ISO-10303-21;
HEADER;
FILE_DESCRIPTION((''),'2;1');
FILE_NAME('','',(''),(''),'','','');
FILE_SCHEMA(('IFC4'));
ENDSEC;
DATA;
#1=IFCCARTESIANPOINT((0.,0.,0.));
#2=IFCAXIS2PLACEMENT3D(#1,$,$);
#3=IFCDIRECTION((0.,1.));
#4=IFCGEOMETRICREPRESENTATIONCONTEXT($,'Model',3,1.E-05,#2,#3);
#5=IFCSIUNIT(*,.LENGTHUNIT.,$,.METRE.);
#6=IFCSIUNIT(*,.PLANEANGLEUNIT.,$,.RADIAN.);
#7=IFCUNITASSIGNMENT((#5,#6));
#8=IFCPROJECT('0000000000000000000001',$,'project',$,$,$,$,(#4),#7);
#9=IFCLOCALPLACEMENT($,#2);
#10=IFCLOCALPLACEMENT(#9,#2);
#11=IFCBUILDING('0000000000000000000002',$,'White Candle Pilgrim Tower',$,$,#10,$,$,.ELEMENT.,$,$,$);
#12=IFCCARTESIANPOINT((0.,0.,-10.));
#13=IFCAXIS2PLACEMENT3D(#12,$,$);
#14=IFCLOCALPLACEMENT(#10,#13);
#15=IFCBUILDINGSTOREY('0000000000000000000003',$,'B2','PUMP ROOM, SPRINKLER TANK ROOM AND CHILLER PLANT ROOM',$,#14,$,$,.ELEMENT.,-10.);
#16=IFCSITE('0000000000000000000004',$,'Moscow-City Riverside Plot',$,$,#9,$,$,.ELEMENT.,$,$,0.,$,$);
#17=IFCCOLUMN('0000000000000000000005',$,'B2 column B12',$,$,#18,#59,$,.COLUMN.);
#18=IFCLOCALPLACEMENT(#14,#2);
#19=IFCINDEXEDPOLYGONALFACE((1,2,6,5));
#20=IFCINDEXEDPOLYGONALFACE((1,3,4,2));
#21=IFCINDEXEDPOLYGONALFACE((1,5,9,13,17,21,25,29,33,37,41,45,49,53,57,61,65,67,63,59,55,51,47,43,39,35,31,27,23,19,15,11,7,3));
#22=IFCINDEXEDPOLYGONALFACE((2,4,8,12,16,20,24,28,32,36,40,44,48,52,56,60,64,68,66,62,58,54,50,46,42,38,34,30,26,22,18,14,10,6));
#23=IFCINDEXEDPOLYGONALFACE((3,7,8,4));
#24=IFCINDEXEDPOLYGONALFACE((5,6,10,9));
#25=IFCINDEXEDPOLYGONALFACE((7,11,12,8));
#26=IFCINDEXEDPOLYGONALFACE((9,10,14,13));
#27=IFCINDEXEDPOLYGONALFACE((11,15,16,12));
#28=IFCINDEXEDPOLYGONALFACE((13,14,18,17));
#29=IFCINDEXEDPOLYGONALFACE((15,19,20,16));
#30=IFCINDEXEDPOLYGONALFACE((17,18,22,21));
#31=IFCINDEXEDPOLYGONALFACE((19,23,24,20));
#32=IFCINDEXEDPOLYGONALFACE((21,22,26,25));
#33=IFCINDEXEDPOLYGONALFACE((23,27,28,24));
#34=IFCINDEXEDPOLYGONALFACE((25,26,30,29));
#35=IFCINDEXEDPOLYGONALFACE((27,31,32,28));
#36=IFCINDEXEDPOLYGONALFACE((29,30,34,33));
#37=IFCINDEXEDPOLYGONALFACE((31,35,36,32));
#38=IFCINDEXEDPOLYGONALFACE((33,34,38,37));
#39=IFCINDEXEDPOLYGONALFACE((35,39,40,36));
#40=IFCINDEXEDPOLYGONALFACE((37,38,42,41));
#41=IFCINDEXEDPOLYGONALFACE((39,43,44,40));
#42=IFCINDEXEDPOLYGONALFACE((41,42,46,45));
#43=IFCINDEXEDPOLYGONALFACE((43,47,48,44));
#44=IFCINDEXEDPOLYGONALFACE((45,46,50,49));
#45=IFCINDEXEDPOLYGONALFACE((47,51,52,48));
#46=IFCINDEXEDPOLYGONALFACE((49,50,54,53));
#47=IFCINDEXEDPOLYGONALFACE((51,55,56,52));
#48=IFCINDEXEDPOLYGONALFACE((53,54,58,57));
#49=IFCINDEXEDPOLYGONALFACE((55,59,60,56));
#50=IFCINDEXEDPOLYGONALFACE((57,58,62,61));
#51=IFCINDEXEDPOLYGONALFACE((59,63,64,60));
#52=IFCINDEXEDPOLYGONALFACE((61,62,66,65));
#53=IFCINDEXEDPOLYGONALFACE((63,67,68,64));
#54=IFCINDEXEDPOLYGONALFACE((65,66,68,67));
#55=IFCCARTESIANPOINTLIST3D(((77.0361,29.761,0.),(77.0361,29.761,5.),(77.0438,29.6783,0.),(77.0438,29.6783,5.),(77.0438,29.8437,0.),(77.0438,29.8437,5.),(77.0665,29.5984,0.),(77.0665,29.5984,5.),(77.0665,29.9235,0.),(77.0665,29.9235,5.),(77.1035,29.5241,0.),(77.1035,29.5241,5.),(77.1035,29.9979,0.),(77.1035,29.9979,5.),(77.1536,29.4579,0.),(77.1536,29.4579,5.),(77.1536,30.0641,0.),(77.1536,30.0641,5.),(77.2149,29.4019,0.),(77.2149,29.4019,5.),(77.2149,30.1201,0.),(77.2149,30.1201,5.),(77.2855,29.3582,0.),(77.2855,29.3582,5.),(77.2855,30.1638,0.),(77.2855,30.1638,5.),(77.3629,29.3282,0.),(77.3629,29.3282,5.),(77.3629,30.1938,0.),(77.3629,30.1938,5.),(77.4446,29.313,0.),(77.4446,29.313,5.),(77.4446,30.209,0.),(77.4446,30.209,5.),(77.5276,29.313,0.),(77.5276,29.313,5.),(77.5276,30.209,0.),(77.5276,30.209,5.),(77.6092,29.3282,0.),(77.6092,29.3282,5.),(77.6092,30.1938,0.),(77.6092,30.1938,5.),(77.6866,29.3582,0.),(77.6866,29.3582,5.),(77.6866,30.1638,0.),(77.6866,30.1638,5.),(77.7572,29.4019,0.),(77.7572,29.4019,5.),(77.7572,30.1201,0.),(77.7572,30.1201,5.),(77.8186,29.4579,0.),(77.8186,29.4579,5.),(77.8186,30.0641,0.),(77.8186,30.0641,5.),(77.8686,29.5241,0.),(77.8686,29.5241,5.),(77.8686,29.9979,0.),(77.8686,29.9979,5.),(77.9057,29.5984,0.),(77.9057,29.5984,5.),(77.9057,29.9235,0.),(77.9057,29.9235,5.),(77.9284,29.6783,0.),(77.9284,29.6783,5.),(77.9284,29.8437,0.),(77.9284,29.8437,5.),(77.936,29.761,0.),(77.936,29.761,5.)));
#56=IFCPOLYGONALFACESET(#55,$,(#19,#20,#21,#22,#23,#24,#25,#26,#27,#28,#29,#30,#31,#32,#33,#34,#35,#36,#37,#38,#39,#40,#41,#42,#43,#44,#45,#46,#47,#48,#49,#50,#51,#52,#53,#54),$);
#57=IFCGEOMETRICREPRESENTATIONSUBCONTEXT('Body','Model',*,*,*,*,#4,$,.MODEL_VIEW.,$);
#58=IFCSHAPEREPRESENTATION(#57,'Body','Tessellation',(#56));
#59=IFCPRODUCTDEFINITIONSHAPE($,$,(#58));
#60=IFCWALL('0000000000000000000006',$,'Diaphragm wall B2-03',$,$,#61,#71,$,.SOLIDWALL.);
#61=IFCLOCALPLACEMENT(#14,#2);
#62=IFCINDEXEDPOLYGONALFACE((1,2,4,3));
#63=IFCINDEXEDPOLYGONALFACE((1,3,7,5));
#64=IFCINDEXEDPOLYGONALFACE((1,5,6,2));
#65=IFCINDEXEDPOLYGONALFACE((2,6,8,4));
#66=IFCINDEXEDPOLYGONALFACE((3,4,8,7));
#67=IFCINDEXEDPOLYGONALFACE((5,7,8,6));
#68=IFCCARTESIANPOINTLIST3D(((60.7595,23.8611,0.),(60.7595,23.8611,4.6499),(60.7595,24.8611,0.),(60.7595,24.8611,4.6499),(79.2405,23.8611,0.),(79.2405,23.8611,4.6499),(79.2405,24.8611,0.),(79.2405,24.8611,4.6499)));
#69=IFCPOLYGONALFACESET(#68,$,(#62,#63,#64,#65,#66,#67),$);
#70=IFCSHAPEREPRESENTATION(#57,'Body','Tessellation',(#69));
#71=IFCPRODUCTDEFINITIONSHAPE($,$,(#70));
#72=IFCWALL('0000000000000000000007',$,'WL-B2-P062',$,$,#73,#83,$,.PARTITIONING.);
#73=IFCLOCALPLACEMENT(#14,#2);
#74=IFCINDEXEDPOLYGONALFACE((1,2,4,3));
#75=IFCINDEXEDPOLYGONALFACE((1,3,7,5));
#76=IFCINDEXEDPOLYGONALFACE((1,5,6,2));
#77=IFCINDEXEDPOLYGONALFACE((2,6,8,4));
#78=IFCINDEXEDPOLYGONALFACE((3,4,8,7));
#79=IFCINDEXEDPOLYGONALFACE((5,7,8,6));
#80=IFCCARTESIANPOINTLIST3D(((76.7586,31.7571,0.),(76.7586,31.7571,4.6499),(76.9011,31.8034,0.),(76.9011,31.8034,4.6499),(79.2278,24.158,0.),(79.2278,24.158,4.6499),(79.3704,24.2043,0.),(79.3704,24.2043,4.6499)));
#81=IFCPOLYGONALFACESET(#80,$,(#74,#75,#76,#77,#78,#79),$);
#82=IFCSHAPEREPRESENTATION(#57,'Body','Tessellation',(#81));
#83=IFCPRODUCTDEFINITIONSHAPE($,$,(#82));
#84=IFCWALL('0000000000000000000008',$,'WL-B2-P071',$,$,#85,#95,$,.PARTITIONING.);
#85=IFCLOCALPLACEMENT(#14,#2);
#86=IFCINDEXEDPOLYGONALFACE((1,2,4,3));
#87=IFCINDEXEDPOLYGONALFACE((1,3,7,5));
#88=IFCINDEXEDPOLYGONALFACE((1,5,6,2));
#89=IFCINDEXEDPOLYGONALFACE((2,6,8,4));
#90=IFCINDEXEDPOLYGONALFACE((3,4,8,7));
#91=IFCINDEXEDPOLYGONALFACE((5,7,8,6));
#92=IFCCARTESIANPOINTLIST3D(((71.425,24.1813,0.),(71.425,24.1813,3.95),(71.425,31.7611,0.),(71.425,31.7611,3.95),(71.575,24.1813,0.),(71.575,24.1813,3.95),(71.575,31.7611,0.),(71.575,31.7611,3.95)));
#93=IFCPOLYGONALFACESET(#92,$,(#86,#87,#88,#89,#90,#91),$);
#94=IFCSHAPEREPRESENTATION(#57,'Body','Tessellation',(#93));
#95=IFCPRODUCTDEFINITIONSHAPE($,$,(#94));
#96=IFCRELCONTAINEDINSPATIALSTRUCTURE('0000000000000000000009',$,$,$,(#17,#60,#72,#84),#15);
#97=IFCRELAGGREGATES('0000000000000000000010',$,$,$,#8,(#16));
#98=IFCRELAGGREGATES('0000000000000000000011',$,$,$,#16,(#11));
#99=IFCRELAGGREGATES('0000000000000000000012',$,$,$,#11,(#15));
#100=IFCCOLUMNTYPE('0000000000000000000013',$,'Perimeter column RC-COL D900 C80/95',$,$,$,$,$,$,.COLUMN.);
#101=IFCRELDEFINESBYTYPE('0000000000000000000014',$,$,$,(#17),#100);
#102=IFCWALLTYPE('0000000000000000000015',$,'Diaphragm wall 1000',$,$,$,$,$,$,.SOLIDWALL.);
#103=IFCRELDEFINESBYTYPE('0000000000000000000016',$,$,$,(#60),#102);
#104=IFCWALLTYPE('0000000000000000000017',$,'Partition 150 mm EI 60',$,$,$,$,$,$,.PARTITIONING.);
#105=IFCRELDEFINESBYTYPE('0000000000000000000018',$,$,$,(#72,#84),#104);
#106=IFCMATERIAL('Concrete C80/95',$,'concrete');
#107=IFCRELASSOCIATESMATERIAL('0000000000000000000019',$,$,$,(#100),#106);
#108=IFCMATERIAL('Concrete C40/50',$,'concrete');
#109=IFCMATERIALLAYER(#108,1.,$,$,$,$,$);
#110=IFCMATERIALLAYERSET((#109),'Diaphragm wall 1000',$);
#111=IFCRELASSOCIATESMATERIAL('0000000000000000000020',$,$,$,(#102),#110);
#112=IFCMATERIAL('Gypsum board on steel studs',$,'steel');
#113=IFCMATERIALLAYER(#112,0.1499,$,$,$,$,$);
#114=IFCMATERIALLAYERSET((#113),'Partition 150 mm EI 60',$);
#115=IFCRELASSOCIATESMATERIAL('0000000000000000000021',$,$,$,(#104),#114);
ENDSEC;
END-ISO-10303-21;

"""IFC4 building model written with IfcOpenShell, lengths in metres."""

from ifc_helpers import new_model, si_unit, direction, frame, frame_2d, origin, origin_2d, place, context, subcontext, project, spatial, rectangle, circle, extrude, material, layer, layer_set, material_profile, profile_set, type_object, element, save


model = new_model("IFC4")

# Units and contexts
model_context = context("Model", 3, precision=1e-05, world=origin(), true_north=direction((0.0, 1.0)))
body_context = subcontext(model_context, "Body", "Model", "MODEL_VIEW")
ifc_project = project(units=[si_unit("LENGTHUNIT", "METRE"), si_unit("PLANEANGLEUNIT", "RADIAN")], contexts=[model_context])

# Site, building, storey
site_placement = place(None, origin())
site = spatial("IfcSite", under=ifc_project, at=site_placement, Name="Moscow-City Riverside Plot", CompositionType="ELEMENT", RefElevation=0.0)
building_placement = place(site_placement, origin())
building = spatial("IfcBuilding", under=site, at=building_placement, Name="White Candle Pilgrim Tower", CompositionType="ELEMENT")
storey_placement = place(building_placement, frame((0.0, 0.0, -10.0)))
storey = spatial("IfcBuildingStorey", under=building, at=storey_placement, Name="B2", Description="PUMP ROOM, SPRINKLER TANK ROOM AND CHILLER PLANT ROOM", CompositionType="ELEMENT", Elevation=-10.0)

# Shared definitions
ifc_material_1 = material(Name="Concrete C40/50", Category="concrete")

# Column
ifc_material_2 = material(Name="Concrete C80/95", Category="concrete")
ifc_material_profile_1 = material_profile(ifc_material_2, circle(Radius=0.45, at=origin_2d()), Name="RC-COL D900")
ifc_profile_set_1 = profile_set([ifc_material_profile_1], Name="Concrete C80/95")
column_type = type_object("IfcColumnType", Name="Perimeter column RC-COL D900 C80/95", PredefinedType="COLUMN", material=ifc_profile_set_1)
for number, where, z_axis, x_axis, name in (
    (1, (77.4861, 29.761, 0.0), (0.0, 0.0, 1.0), (1.0, 0.0, 0.0), "B2 column B12"),
):
    element("IfcColumn", number, at=place(storey_placement, frame(where, z_axis=z_axis, x_axis=x_axis)), inside=storey, type_object=column_type, Name=name, PredefinedType="COLUMN", context=body_context, shape_type="SweptSolid", body=[
        extrude(circle(Radius=0.45, at=origin_2d()), origin(), (0.0, 0.0, 1.0), 5.0),
    ])

# Walls
ifc_layer_1 = layer(ifc_material_1, 1.0)
ifc_layer_set_1 = layer_set([ifc_layer_1], Name="Diaphragm wall 1000")
wall_type_1 = type_object("IfcWallType", Name="Diaphragm wall 1000", PredefinedType="SOLIDWALL", material=ifc_layer_set_1)
wall_1_placement = place(storey_placement, frame((79.2405, 24.3611, 0.0), z_axis=(0.0, 0.0, 1.0), x_axis=(-1.0, 0.0, 0.0)))
element("IfcWall", 2, at=wall_1_placement, inside=storey, type_object=wall_type_1, Name="Diaphragm wall B2-03", PredefinedType="SOLIDWALL", context=body_context, shape_type="SweptSolid", body=[
    extrude(rectangle(XDim=18.481, YDim=1.0, at=frame_2d((9.2405, 0.0))), origin(), (0.0, 0.0, 1.0), 4.6499),
])
ifc_material_3 = material(Name="Gypsum board on steel studs", Category="steel")
ifc_layer_2 = layer(ifc_material_3, 0.1499)
ifc_layer_set_2 = layer_set([ifc_layer_2], Name="Partition 150 mm EI 60")
wall_type_2 = type_object("IfcWallType", Name="Partition 150 mm EI 60", PredefinedType="PARTITIONING", material=ifc_layer_set_2)
wall_2_placement = place(storey_placement, frame((79.2991, 24.1812, 0.0), z_axis=(0.0, 0.0, 1.0), x_axis=(-0.309032, 0.951052, 0.0)))
element("IfcWall", 3, at=wall_2_placement, inside=storey, type_object=wall_type_2, Name="WL-B2-P062", PredefinedType="PARTITIONING", context=body_context, shape_type="SweptSolid", body=[
    extrude(rectangle(XDim=7.9902, YDim=0.1499, at=frame_2d((3.9951, 0.0))), origin(), (0.0, 0.0, 1.0), 4.6499),
])
wall_3_placement = place(storey_placement, frame((71.5, 24.1812, 0.0), z_axis=(0.0, 0.0, 1.0), x_axis=(0.0, 1.0, 0.0)))
element("IfcWall", 4, at=wall_3_placement, inside=storey, type_object=wall_type_2, Name="WL-B2-P071", PredefinedType="PARTITIONING", context=body_context, shape_type="SweptSolid", body=[
    extrude(rectangle(XDim=7.5798, YDim=0.1499, at=frame_2d((3.79, 0.0))), origin(), (0.0, 0.0, 1.0), 3.95),
])

save(model, "model.ifc")
